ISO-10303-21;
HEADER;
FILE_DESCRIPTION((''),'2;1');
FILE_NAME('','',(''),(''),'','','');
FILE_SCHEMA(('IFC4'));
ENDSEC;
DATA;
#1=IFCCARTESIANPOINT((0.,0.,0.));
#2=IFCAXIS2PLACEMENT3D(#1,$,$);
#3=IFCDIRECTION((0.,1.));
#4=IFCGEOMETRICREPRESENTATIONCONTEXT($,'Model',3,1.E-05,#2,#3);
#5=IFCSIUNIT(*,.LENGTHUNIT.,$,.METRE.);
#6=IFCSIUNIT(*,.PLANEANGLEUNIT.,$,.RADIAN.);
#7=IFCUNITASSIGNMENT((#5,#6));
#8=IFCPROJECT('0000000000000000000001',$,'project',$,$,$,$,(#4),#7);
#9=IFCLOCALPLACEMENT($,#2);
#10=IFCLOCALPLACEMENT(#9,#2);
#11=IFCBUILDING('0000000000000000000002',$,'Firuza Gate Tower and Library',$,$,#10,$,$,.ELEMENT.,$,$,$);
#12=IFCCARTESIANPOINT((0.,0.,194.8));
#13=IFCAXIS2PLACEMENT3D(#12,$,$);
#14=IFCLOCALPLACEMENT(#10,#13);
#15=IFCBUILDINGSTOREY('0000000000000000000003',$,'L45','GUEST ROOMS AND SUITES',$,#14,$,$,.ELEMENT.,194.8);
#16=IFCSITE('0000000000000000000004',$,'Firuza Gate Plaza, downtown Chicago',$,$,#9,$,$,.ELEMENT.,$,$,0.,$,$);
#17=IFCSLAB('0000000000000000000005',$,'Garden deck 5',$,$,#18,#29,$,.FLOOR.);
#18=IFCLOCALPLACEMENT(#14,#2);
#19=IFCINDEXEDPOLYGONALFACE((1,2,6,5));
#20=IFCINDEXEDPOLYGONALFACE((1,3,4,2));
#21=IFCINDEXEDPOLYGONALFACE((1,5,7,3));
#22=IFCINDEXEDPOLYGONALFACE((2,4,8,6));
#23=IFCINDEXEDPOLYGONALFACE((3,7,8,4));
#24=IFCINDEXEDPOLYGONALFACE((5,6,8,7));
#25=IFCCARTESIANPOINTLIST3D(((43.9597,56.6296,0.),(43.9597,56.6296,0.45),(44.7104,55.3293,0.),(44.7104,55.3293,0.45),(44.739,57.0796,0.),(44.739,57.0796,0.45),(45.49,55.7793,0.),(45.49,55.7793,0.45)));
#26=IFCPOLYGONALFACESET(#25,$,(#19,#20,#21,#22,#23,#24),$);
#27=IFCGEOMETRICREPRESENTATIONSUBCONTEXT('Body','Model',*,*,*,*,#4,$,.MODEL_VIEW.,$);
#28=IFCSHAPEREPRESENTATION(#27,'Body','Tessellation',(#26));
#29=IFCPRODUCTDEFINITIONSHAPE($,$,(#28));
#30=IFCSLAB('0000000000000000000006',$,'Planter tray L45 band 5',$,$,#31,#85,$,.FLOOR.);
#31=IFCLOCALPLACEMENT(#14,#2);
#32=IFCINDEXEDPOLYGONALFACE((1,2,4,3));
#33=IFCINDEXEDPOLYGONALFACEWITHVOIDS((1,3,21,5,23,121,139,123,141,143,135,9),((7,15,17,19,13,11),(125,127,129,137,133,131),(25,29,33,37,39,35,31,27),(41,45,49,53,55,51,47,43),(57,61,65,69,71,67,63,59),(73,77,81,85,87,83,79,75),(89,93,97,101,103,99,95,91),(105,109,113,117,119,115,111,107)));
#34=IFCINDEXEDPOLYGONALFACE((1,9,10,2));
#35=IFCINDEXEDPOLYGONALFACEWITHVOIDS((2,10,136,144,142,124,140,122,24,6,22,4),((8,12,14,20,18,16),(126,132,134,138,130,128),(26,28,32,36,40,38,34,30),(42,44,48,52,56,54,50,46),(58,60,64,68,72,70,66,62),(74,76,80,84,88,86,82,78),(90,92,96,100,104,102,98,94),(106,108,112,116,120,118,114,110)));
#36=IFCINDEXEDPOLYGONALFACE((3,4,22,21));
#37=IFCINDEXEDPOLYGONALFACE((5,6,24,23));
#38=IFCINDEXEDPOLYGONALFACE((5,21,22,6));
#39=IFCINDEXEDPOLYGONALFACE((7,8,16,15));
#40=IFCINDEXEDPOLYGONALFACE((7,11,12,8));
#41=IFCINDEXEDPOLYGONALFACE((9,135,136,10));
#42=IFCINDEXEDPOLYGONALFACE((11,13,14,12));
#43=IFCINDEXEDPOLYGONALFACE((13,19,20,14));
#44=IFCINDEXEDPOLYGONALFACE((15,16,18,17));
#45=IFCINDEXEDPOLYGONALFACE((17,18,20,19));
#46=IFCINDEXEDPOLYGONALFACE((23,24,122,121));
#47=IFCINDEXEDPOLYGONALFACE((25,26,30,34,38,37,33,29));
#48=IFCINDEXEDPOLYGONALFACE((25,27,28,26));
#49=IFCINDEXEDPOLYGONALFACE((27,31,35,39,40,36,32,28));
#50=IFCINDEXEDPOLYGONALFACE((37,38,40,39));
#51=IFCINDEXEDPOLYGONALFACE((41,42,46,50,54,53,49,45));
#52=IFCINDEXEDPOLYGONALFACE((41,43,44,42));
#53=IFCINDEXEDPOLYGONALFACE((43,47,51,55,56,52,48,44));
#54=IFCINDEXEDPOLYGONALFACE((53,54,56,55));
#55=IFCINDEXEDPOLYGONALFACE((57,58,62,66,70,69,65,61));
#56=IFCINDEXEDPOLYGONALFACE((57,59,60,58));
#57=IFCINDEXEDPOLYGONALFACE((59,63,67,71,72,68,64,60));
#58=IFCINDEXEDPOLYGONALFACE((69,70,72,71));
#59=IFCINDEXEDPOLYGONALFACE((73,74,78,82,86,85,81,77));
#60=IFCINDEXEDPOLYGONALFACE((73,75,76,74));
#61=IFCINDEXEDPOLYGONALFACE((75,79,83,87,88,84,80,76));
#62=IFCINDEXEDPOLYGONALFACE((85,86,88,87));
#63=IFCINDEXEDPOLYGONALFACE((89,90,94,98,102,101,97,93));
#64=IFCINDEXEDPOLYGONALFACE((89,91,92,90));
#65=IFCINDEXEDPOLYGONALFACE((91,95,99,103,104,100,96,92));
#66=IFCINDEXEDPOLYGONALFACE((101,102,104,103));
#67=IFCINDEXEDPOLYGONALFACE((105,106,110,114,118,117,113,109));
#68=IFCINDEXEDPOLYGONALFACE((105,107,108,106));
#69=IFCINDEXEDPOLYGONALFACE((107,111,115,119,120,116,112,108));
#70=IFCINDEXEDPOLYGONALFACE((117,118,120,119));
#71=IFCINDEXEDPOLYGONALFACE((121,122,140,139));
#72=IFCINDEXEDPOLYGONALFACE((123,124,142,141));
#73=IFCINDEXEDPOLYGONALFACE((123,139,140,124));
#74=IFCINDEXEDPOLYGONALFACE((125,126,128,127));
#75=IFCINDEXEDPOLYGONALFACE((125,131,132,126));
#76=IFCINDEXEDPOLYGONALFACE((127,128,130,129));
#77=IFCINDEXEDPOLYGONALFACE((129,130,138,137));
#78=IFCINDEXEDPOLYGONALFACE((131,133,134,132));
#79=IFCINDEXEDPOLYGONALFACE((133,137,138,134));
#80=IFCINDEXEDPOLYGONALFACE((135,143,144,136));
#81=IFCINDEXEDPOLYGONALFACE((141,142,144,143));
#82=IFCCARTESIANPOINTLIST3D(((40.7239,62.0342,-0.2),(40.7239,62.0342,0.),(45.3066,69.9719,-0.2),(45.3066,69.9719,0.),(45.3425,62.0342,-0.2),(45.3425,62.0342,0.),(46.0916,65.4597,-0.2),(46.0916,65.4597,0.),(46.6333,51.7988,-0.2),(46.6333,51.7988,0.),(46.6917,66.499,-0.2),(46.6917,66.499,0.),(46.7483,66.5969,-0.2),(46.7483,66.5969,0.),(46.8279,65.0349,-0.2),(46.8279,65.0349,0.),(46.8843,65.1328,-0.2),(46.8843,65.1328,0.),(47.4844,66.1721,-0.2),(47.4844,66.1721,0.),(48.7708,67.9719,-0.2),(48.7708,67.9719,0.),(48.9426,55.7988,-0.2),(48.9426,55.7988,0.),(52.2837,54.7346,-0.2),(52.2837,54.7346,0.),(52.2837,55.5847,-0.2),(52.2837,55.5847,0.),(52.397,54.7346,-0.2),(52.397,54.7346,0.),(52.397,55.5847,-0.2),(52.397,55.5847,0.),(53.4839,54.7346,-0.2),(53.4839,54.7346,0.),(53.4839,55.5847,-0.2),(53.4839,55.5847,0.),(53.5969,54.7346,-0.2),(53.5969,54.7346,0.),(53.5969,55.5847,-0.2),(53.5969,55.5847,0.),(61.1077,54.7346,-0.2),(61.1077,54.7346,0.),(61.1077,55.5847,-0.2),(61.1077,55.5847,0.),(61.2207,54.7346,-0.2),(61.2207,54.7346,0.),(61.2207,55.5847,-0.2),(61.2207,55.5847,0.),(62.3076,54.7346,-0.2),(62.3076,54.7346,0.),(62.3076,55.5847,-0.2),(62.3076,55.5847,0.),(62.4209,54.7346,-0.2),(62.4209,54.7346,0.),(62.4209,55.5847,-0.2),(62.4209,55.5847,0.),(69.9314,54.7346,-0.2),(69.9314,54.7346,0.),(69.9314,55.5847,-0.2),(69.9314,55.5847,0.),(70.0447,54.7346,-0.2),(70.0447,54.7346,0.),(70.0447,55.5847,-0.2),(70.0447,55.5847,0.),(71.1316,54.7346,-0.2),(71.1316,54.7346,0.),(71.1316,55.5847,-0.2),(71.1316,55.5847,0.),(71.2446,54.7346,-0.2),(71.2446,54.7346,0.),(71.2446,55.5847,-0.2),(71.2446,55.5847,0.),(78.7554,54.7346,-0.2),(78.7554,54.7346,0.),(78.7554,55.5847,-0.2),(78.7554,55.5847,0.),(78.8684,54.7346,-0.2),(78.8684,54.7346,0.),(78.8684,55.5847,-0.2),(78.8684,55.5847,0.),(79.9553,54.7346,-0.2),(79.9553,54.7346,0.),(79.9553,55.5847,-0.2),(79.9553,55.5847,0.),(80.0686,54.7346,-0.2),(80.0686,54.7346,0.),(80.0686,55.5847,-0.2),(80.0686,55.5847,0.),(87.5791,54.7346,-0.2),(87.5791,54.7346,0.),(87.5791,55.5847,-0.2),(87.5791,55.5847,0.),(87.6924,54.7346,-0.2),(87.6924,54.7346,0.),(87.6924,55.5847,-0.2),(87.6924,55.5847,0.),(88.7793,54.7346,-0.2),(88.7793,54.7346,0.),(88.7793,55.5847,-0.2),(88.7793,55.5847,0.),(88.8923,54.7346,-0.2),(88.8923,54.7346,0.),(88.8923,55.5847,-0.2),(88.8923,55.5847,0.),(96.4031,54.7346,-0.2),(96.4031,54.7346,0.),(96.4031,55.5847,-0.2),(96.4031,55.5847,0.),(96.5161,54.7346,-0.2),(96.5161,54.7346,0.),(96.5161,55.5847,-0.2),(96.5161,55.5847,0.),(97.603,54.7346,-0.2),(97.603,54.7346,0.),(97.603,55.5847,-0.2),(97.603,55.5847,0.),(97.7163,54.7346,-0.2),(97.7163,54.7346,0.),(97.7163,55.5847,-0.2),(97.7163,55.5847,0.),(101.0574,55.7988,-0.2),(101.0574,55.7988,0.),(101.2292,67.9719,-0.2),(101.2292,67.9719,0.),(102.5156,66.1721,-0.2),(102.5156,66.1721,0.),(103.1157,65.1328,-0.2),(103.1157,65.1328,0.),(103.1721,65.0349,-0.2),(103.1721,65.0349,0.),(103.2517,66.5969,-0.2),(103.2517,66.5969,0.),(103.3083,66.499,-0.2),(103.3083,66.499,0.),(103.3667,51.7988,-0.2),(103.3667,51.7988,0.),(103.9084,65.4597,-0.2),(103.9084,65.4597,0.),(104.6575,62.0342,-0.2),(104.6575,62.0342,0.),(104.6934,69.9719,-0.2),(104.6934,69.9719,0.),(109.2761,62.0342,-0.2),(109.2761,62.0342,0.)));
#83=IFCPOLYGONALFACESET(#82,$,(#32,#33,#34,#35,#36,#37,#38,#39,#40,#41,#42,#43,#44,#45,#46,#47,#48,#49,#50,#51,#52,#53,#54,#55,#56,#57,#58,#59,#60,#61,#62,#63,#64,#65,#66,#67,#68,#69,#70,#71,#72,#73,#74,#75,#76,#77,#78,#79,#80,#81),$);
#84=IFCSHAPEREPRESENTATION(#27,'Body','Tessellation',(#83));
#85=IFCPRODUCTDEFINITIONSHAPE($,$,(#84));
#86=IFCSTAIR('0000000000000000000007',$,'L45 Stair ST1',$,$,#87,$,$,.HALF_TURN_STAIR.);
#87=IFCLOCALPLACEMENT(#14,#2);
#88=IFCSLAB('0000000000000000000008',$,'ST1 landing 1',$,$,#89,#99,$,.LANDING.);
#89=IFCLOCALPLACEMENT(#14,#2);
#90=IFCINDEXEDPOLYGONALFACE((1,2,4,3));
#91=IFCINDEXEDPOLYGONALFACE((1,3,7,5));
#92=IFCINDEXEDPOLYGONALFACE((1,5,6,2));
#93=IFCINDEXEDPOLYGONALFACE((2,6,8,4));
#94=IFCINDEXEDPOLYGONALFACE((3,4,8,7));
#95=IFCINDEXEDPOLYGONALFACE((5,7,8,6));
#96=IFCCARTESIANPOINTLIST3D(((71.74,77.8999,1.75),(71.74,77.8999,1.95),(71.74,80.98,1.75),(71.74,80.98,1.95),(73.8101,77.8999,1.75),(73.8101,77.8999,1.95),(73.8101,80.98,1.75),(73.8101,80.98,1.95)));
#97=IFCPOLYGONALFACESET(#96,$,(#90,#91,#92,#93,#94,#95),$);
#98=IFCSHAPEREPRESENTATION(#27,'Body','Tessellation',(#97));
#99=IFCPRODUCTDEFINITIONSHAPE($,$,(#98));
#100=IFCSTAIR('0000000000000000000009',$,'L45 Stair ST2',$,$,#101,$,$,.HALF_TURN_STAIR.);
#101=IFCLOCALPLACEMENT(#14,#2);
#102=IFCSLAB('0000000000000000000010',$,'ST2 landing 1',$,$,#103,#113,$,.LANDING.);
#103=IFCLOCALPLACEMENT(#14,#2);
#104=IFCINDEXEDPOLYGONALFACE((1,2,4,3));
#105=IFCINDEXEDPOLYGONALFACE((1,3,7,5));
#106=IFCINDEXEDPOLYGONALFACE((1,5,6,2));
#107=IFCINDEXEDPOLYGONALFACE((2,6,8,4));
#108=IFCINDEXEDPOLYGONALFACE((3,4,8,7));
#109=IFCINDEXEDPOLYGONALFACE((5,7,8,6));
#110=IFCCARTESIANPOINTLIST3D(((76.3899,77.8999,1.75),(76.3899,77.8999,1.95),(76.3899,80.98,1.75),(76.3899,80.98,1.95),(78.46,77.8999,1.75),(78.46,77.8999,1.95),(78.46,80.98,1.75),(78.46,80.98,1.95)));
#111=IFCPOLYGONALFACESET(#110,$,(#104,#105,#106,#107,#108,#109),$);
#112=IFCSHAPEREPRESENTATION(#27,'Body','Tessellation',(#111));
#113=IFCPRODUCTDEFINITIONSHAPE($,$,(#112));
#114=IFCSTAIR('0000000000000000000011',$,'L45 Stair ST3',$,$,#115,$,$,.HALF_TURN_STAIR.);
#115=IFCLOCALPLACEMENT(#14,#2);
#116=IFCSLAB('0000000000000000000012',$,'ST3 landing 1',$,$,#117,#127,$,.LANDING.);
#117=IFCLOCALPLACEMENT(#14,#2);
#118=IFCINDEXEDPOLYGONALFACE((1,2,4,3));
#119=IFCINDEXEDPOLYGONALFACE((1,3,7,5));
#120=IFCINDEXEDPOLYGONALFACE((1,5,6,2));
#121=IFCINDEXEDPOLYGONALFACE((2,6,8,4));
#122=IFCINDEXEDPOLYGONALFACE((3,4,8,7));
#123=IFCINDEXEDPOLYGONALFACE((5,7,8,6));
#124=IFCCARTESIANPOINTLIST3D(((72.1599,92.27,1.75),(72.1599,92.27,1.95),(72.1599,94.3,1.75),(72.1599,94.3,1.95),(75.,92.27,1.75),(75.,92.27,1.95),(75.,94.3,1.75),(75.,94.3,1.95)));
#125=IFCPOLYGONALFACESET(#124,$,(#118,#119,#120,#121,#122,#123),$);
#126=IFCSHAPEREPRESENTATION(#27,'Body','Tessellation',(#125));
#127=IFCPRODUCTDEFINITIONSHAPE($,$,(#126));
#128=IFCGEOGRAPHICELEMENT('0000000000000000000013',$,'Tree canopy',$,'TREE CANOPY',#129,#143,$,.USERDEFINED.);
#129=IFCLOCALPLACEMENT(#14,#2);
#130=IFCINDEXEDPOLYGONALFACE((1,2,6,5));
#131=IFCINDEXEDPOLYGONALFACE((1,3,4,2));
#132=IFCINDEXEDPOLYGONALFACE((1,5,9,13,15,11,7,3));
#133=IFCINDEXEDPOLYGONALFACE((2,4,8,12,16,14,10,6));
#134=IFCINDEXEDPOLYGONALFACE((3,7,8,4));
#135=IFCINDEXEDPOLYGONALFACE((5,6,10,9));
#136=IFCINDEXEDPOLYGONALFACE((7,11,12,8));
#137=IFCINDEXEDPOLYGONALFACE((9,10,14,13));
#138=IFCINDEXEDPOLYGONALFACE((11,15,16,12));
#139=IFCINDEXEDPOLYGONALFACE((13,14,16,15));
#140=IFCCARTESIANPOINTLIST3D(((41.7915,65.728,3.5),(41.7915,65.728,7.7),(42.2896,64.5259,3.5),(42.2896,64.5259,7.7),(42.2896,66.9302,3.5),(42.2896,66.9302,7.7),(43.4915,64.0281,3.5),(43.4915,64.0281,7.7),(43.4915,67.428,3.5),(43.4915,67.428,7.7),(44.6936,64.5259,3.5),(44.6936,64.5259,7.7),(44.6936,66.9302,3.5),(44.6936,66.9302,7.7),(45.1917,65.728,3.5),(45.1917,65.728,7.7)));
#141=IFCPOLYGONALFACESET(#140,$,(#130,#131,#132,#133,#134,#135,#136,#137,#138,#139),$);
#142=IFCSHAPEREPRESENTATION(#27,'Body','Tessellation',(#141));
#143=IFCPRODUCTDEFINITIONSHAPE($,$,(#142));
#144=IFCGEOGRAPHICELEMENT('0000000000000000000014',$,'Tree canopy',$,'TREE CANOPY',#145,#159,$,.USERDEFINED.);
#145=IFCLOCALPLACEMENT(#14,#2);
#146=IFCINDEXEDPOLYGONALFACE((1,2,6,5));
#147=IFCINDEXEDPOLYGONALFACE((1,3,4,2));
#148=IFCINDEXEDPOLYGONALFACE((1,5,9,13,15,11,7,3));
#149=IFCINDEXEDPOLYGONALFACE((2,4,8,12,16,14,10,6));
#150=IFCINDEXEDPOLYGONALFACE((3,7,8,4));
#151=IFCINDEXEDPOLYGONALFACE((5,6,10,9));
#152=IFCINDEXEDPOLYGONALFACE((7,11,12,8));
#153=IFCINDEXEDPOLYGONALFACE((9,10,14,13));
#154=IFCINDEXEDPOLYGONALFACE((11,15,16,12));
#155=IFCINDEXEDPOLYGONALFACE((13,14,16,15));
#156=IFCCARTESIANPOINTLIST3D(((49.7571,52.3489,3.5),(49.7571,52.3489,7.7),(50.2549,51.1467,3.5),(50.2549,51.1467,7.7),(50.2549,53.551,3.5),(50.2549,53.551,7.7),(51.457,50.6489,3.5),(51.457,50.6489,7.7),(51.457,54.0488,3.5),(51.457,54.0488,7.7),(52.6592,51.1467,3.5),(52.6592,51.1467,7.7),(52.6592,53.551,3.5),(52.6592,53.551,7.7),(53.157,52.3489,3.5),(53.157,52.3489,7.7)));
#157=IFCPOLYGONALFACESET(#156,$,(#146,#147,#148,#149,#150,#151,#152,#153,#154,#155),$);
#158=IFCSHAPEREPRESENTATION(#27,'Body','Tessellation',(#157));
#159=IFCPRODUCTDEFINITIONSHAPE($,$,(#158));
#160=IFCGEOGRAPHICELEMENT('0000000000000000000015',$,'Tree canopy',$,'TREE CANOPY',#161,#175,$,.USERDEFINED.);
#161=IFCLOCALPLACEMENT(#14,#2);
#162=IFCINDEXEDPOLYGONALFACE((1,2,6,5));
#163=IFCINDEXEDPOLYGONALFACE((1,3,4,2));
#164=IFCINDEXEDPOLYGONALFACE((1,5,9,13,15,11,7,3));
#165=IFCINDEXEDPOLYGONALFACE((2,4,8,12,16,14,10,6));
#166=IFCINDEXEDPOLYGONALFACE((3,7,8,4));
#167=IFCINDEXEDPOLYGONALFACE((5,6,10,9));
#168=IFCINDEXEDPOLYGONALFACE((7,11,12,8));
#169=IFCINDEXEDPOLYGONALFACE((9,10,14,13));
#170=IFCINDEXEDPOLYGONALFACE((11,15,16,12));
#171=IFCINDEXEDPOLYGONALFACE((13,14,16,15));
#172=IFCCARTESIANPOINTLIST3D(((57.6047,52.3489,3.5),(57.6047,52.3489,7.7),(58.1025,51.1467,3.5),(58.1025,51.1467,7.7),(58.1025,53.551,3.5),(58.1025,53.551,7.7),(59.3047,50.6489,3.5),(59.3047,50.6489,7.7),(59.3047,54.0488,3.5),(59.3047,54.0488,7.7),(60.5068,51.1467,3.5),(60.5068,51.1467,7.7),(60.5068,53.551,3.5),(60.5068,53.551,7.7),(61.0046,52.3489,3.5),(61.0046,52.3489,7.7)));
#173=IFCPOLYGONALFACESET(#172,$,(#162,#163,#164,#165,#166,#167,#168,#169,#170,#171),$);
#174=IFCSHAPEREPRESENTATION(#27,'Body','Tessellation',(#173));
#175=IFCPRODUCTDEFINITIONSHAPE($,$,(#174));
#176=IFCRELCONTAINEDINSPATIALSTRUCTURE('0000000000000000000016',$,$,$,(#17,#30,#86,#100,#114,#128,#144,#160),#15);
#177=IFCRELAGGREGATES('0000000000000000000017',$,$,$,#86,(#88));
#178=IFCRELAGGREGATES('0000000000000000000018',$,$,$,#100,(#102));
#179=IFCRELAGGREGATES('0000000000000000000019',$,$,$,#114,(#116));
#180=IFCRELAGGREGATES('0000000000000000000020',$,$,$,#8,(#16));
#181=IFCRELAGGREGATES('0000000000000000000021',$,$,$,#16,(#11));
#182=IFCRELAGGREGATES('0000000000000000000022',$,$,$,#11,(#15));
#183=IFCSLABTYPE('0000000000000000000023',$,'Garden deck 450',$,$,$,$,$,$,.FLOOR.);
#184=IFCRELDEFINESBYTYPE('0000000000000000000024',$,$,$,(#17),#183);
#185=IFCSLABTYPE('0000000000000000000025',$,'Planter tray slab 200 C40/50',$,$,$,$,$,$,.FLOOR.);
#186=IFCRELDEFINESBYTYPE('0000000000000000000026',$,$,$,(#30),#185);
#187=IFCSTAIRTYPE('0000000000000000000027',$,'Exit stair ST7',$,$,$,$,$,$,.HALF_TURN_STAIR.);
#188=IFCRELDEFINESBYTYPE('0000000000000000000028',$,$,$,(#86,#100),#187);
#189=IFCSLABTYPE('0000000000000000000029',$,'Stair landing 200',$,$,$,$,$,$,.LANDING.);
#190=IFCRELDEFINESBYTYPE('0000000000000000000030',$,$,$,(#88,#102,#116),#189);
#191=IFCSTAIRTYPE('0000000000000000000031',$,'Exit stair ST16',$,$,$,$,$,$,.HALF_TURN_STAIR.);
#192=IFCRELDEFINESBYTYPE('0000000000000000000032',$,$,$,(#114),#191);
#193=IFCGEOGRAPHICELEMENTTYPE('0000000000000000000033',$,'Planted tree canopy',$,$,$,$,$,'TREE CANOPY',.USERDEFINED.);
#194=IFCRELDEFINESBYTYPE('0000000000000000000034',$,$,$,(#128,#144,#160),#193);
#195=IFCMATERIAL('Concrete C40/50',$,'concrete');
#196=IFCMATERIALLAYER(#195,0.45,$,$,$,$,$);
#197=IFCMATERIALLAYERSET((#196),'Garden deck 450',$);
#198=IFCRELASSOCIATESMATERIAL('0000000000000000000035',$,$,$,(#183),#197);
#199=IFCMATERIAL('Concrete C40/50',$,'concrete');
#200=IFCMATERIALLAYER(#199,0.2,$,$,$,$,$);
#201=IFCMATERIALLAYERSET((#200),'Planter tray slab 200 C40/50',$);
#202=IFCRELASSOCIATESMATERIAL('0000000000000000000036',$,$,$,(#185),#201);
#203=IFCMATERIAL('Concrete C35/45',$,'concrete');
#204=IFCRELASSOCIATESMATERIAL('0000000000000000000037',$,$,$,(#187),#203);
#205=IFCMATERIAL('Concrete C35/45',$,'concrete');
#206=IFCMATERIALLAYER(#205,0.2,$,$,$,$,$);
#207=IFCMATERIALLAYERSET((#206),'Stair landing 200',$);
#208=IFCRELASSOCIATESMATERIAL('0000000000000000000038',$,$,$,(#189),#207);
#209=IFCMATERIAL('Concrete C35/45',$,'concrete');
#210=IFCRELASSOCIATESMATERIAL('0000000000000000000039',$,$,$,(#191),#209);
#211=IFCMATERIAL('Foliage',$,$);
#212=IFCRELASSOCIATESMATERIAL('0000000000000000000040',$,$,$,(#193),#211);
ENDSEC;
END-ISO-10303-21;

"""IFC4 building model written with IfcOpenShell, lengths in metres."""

from ifc_helpers import new_model, si_unit, direction, frame, origin, place, context, subcontext, project, spatial, polyline, outline, extrude, material, layer, layer_set, type_object, element, aggregate, save


model = new_model("IFC4")

# Units and contexts
model_context = context("Model", 3, precision=1e-05, world=origin(), true_north=direction((0.0, 1.0)))
body_context = subcontext(model_context, "Body", "Model", "MODEL_VIEW")
ifc_project = project(units=[si_unit("LENGTHUNIT", "METRE"), si_unit("PLANEANGLEUNIT", "RADIAN")], contexts=[model_context])

# Site, building, storey
site_placement = place(None, origin())
site = spatial("IfcSite", under=ifc_project, at=site_placement, Name="Firuza Gate Plaza, downtown Chicago", CompositionType="ELEMENT", RefElevation=0.0)
building_placement = place(site_placement, origin())
building = spatial("IfcBuilding", under=site, at=building_placement, Name="Firuza Gate Tower and Library", CompositionType="ELEMENT")
storey_placement = place(building_placement, frame((0.0, 0.0, 194.8)))
storey = spatial("IfcBuildingStorey", under=building, at=storey_placement, Name="L45", Description="GUEST ROOMS AND SUITES", CompositionType="ELEMENT", Elevation=194.8)

# Slabs
placement_1 = place(storey_placement, frame((0.0, 0.0, -0.2)))
ifc_material_1 = material(Name="Concrete C40/50", Category="concrete")
ifc_layer_1 = layer(ifc_material_1, 0.45)
ifc_layer_set_1 = layer_set([ifc_layer_1], Name="Garden deck 450")
slab_type_1 = type_object("IfcSlabType", Name="Garden deck 450", PredefinedType="FLOOR", material=ifc_layer_set_1)
placement_2 = place(storey_placement, origin())
element("IfcSlab", 1, at=placement_2, inside=storey, type_object=slab_type_1, Name="Garden deck 5", PredefinedType="FLOOR", context=body_context, shape_type="SweptSolid", body=[
    extrude(outline(polyline([(43.9597, 56.6296), (44.7104, 55.3293), (45.49, 55.7793), (44.739, 57.0796), (43.9597, 56.6296)])), origin(), (0.0, 0.0, 1.0), 0.45),
])
ifc_material_2 = material(Name="Concrete C40/50", Category="concrete")
ifc_layer_2 = layer(ifc_material_2, 0.2)
ifc_layer_set_2 = layer_set([ifc_layer_2], Name="Planter tray slab 200 C40/50")
slab_type_2 = type_object("IfcSlabType", Name="Planter tray slab 200 C40/50", PredefinedType="FLOOR", material=ifc_layer_set_2)
element("IfcSlab", 2, at=placement_1, inside=storey, type_object=slab_type_2, Name="Planter tray L45 band 5", PredefinedType="FLOOR", context=body_context, shape_type="SweptSolid", body=[
    extrude(outline(polyline([(48.7708, 67.9719), (45.3066, 69.9719), (40.7239, 62.0342), (46.6333, 51.7988), (103.3667, 51.7988), (109.2761, 62.0342), (104.6934, 69.9719), (101.2292, 67.9719), (104.6575, 62.0342), (101.0574, 55.7988), (48.9426, 55.7988), (45.3425, 62.0342), (48.7708, 67.9719)]), holes=[polyline([(70.0447, 55.5847), (71.1316, 55.5847), (71.2446, 55.5847), (71.2446, 54.7346), (71.1316, 54.7346), (70.0447, 54.7346), (69.9314, 54.7346), (69.9314, 55.5847), (70.0447, 55.5847)]), polyline([(53.4839, 55.5847), (53.5969, 55.5847), (53.5969, 54.7346), (53.4839, 54.7346), (52.397, 54.7346), (52.2837, 54.7346), (52.2837, 55.5847), (52.397, 55.5847), (53.4839, 55.5847)]), polyline([(61.2207, 55.5847), (62.3076, 55.5847), (62.4209, 55.5847), (62.4209, 54.7346), (62.3076, 54.7346), (61.2207, 54.7346), (61.1077, 54.7346), (61.1077, 55.5847), (61.2207, 55.5847)]), polyline([(46.6917, 66.499), (46.7483, 66.5969), (47.4844, 66.1721), (46.8843, 65.1328), (46.8843, 65.1328), (46.8279, 65.0349), (46.0916, 65.4597), (46.6917, 66.499), (46.6917, 66.499)]), polyline([(78.8684, 55.5847), (79.9553, 55.5847), (80.0686, 55.5847), (80.0686, 54.7346), (79.9553, 54.7346), (78.8684, 54.7346), (78.7554, 54.7346), (78.7554, 55.5847), (78.8684, 55.5847)]), polyline([(96.5161, 55.5847), (97.603, 55.5847), (97.7163, 55.5847), (97.7163, 54.7346), (97.603, 54.7346), (96.5161, 54.7346), (96.4031, 54.7346), (96.4031, 55.5847), (96.5161, 55.5847)]), polyline([(87.6924, 55.5847), (88.7793, 55.5847), (88.8923, 55.5847), (88.8923, 54.7346), (88.7793, 54.7346), (87.6924, 54.7346), (87.5791, 54.7346), (87.5791, 55.5847), (87.6924, 55.5847)]), polyline([(103.1157, 65.1328), (103.1157, 65.1328), (102.5156, 66.1721), (103.2517, 66.5969), (103.3083, 66.499), (103.3083, 66.499), (103.9084, 65.4597), (103.1721, 65.0349), (103.1157, 65.1328)])]), origin(), (0.0, 0.0, 1.0), 0.2),
])

# Stairs, slabs
ifc_material_3 = material(Name="Concrete C35/45", Category="concrete")
stair_type_1 = type_object("IfcStairType", Name="Exit stair ST7", PredefinedType="HALF_TURN_STAIR", material=ifc_material_3)
stair_1 = element("IfcStair", 3, at=placement_2, inside=storey, type_object=stair_type_1, Name="L45 Stair ST1", PredefinedType="HALF_TURN_STAIR")
ifc_material_4 = material(Name="Concrete C35/45", Category="concrete")
ifc_layer_3 = layer(ifc_material_4, 0.2)
ifc_layer_set_3 = layer_set([ifc_layer_3], Name="Stair landing 200")
slab_type_3 = type_object("IfcSlabType", Name="Stair landing 200", PredefinedType="LANDING", material=ifc_layer_set_3)
placement_3 = place(storey_placement, frame((0.0, 0.0, 1.75)))
slab_1 = element("IfcSlab", 4, at=placement_3, type_object=slab_type_3, Name="ST1 landing 1", PredefinedType="LANDING", context=body_context, shape_type="SweptSolid", body=[
    extrude(outline(polyline([(71.74, 77.8999), (73.8101, 77.8999), (73.8101, 80.98), (71.74, 80.98), (71.74, 77.8999)])), origin(), (0.0, 0.0, 1.0), 0.2),
])
aggregate(stair_1, [slab_1])
stair_2 = element("IfcStair", 5, at=placement_2, inside=storey, type_object=stair_type_1, Name="L45 Stair ST2", PredefinedType="HALF_TURN_STAIR")
slab_2 = element("IfcSlab", 6, at=placement_3, type_object=slab_type_3, Name="ST2 landing 1", PredefinedType="LANDING", context=body_context, shape_type="SweptSolid", body=[
    extrude(outline(polyline([(78.46, 80.98), (76.3899, 80.98), (76.3899, 77.8999), (78.46, 77.8999), (78.46, 80.98)])), origin(), (0.0, 0.0, 1.0), 0.2),
])
aggregate(stair_2, [slab_2])
ifc_material_5 = material(Name="Concrete C35/45", Category="concrete")
stair_type_2 = type_object("IfcStairType", Name="Exit stair ST16", PredefinedType="HALF_TURN_STAIR", material=ifc_material_5)
stair_3 = element("IfcStair", 7, at=placement_2, inside=storey, type_object=stair_type_2, Name="L45 Stair ST3", PredefinedType="HALF_TURN_STAIR")
slab_3 = element("IfcSlab", 8, at=placement_3, type_object=slab_type_3, Name="ST3 landing 1", PredefinedType="LANDING", context=body_context, shape_type="SweptSolid", body=[
    extrude(outline(polyline([(75.0, 92.27), (75.0, 94.3), (72.1599, 94.3), (72.1599, 92.27), (75.0, 92.27)])), origin(), (0.0, 0.0, 1.0), 0.2),
])
aggregate(stair_3, [slab_3])

# Geographic elements
ifc_material_6 = material(Name="Foliage")
geographic_element_type = type_object("IfcGeographicElementType", Name="Planted tree canopy", ElementType="TREE CANOPY", PredefinedType="USERDEFINED", material=ifc_material_6)
placement_4 = place(storey_placement, frame((0.0, 0.0, 3.5)))
element("IfcGeographicElement", 9, at=placement_4, inside=storey, type_object=geographic_element_type, Name="Tree canopy", ObjectType="TREE CANOPY", PredefinedType="USERDEFINED", context=body_context, shape_type="SweptSolid", body=[
    extrude(outline(polyline([(45.1917, 65.728), (44.6936, 66.9302), (43.4915, 67.428), (42.2896, 66.9302), (41.7915, 65.728), (42.2896, 64.5259), (43.4915, 64.0281), (44.6936, 64.5259), (45.1917, 65.728)])), origin(), (0.0, 0.0, 1.0), 4.2),
])
element("IfcGeographicElement", 10, at=placement_4, inside=storey, type_object=geographic_element_type, Name="Tree canopy", ObjectType="TREE CANOPY", PredefinedType="USERDEFINED", context=body_context, shape_type="SweptSolid", body=[
    extrude(outline(polyline([(53.157, 52.3489), (52.6592, 53.551), (51.457, 54.0488), (50.2549, 53.551), (49.7571, 52.3489), (50.2549, 51.1467), (51.457, 50.6489), (52.6592, 51.1467), (53.157, 52.3489)])), origin(), (0.0, 0.0, 1.0), 4.2),
])
element("IfcGeographicElement", 11, at=placement_4, inside=storey, type_object=geographic_element_type, Name="Tree canopy", ObjectType="TREE CANOPY", PredefinedType="USERDEFINED", context=body_context, shape_type="SweptSolid", body=[
    extrude(outline(polyline([(61.0046, 52.3489), (60.5068, 53.551), (59.3047, 54.0488), (58.1025, 53.551), (57.6047, 52.3489), (58.1025, 51.1467), (59.3047, 50.6489), (60.5068, 51.1467), (61.0046, 52.3489)])), origin(), (0.0, 0.0, 1.0), 4.2),
])

save(model, "model.ifc")
